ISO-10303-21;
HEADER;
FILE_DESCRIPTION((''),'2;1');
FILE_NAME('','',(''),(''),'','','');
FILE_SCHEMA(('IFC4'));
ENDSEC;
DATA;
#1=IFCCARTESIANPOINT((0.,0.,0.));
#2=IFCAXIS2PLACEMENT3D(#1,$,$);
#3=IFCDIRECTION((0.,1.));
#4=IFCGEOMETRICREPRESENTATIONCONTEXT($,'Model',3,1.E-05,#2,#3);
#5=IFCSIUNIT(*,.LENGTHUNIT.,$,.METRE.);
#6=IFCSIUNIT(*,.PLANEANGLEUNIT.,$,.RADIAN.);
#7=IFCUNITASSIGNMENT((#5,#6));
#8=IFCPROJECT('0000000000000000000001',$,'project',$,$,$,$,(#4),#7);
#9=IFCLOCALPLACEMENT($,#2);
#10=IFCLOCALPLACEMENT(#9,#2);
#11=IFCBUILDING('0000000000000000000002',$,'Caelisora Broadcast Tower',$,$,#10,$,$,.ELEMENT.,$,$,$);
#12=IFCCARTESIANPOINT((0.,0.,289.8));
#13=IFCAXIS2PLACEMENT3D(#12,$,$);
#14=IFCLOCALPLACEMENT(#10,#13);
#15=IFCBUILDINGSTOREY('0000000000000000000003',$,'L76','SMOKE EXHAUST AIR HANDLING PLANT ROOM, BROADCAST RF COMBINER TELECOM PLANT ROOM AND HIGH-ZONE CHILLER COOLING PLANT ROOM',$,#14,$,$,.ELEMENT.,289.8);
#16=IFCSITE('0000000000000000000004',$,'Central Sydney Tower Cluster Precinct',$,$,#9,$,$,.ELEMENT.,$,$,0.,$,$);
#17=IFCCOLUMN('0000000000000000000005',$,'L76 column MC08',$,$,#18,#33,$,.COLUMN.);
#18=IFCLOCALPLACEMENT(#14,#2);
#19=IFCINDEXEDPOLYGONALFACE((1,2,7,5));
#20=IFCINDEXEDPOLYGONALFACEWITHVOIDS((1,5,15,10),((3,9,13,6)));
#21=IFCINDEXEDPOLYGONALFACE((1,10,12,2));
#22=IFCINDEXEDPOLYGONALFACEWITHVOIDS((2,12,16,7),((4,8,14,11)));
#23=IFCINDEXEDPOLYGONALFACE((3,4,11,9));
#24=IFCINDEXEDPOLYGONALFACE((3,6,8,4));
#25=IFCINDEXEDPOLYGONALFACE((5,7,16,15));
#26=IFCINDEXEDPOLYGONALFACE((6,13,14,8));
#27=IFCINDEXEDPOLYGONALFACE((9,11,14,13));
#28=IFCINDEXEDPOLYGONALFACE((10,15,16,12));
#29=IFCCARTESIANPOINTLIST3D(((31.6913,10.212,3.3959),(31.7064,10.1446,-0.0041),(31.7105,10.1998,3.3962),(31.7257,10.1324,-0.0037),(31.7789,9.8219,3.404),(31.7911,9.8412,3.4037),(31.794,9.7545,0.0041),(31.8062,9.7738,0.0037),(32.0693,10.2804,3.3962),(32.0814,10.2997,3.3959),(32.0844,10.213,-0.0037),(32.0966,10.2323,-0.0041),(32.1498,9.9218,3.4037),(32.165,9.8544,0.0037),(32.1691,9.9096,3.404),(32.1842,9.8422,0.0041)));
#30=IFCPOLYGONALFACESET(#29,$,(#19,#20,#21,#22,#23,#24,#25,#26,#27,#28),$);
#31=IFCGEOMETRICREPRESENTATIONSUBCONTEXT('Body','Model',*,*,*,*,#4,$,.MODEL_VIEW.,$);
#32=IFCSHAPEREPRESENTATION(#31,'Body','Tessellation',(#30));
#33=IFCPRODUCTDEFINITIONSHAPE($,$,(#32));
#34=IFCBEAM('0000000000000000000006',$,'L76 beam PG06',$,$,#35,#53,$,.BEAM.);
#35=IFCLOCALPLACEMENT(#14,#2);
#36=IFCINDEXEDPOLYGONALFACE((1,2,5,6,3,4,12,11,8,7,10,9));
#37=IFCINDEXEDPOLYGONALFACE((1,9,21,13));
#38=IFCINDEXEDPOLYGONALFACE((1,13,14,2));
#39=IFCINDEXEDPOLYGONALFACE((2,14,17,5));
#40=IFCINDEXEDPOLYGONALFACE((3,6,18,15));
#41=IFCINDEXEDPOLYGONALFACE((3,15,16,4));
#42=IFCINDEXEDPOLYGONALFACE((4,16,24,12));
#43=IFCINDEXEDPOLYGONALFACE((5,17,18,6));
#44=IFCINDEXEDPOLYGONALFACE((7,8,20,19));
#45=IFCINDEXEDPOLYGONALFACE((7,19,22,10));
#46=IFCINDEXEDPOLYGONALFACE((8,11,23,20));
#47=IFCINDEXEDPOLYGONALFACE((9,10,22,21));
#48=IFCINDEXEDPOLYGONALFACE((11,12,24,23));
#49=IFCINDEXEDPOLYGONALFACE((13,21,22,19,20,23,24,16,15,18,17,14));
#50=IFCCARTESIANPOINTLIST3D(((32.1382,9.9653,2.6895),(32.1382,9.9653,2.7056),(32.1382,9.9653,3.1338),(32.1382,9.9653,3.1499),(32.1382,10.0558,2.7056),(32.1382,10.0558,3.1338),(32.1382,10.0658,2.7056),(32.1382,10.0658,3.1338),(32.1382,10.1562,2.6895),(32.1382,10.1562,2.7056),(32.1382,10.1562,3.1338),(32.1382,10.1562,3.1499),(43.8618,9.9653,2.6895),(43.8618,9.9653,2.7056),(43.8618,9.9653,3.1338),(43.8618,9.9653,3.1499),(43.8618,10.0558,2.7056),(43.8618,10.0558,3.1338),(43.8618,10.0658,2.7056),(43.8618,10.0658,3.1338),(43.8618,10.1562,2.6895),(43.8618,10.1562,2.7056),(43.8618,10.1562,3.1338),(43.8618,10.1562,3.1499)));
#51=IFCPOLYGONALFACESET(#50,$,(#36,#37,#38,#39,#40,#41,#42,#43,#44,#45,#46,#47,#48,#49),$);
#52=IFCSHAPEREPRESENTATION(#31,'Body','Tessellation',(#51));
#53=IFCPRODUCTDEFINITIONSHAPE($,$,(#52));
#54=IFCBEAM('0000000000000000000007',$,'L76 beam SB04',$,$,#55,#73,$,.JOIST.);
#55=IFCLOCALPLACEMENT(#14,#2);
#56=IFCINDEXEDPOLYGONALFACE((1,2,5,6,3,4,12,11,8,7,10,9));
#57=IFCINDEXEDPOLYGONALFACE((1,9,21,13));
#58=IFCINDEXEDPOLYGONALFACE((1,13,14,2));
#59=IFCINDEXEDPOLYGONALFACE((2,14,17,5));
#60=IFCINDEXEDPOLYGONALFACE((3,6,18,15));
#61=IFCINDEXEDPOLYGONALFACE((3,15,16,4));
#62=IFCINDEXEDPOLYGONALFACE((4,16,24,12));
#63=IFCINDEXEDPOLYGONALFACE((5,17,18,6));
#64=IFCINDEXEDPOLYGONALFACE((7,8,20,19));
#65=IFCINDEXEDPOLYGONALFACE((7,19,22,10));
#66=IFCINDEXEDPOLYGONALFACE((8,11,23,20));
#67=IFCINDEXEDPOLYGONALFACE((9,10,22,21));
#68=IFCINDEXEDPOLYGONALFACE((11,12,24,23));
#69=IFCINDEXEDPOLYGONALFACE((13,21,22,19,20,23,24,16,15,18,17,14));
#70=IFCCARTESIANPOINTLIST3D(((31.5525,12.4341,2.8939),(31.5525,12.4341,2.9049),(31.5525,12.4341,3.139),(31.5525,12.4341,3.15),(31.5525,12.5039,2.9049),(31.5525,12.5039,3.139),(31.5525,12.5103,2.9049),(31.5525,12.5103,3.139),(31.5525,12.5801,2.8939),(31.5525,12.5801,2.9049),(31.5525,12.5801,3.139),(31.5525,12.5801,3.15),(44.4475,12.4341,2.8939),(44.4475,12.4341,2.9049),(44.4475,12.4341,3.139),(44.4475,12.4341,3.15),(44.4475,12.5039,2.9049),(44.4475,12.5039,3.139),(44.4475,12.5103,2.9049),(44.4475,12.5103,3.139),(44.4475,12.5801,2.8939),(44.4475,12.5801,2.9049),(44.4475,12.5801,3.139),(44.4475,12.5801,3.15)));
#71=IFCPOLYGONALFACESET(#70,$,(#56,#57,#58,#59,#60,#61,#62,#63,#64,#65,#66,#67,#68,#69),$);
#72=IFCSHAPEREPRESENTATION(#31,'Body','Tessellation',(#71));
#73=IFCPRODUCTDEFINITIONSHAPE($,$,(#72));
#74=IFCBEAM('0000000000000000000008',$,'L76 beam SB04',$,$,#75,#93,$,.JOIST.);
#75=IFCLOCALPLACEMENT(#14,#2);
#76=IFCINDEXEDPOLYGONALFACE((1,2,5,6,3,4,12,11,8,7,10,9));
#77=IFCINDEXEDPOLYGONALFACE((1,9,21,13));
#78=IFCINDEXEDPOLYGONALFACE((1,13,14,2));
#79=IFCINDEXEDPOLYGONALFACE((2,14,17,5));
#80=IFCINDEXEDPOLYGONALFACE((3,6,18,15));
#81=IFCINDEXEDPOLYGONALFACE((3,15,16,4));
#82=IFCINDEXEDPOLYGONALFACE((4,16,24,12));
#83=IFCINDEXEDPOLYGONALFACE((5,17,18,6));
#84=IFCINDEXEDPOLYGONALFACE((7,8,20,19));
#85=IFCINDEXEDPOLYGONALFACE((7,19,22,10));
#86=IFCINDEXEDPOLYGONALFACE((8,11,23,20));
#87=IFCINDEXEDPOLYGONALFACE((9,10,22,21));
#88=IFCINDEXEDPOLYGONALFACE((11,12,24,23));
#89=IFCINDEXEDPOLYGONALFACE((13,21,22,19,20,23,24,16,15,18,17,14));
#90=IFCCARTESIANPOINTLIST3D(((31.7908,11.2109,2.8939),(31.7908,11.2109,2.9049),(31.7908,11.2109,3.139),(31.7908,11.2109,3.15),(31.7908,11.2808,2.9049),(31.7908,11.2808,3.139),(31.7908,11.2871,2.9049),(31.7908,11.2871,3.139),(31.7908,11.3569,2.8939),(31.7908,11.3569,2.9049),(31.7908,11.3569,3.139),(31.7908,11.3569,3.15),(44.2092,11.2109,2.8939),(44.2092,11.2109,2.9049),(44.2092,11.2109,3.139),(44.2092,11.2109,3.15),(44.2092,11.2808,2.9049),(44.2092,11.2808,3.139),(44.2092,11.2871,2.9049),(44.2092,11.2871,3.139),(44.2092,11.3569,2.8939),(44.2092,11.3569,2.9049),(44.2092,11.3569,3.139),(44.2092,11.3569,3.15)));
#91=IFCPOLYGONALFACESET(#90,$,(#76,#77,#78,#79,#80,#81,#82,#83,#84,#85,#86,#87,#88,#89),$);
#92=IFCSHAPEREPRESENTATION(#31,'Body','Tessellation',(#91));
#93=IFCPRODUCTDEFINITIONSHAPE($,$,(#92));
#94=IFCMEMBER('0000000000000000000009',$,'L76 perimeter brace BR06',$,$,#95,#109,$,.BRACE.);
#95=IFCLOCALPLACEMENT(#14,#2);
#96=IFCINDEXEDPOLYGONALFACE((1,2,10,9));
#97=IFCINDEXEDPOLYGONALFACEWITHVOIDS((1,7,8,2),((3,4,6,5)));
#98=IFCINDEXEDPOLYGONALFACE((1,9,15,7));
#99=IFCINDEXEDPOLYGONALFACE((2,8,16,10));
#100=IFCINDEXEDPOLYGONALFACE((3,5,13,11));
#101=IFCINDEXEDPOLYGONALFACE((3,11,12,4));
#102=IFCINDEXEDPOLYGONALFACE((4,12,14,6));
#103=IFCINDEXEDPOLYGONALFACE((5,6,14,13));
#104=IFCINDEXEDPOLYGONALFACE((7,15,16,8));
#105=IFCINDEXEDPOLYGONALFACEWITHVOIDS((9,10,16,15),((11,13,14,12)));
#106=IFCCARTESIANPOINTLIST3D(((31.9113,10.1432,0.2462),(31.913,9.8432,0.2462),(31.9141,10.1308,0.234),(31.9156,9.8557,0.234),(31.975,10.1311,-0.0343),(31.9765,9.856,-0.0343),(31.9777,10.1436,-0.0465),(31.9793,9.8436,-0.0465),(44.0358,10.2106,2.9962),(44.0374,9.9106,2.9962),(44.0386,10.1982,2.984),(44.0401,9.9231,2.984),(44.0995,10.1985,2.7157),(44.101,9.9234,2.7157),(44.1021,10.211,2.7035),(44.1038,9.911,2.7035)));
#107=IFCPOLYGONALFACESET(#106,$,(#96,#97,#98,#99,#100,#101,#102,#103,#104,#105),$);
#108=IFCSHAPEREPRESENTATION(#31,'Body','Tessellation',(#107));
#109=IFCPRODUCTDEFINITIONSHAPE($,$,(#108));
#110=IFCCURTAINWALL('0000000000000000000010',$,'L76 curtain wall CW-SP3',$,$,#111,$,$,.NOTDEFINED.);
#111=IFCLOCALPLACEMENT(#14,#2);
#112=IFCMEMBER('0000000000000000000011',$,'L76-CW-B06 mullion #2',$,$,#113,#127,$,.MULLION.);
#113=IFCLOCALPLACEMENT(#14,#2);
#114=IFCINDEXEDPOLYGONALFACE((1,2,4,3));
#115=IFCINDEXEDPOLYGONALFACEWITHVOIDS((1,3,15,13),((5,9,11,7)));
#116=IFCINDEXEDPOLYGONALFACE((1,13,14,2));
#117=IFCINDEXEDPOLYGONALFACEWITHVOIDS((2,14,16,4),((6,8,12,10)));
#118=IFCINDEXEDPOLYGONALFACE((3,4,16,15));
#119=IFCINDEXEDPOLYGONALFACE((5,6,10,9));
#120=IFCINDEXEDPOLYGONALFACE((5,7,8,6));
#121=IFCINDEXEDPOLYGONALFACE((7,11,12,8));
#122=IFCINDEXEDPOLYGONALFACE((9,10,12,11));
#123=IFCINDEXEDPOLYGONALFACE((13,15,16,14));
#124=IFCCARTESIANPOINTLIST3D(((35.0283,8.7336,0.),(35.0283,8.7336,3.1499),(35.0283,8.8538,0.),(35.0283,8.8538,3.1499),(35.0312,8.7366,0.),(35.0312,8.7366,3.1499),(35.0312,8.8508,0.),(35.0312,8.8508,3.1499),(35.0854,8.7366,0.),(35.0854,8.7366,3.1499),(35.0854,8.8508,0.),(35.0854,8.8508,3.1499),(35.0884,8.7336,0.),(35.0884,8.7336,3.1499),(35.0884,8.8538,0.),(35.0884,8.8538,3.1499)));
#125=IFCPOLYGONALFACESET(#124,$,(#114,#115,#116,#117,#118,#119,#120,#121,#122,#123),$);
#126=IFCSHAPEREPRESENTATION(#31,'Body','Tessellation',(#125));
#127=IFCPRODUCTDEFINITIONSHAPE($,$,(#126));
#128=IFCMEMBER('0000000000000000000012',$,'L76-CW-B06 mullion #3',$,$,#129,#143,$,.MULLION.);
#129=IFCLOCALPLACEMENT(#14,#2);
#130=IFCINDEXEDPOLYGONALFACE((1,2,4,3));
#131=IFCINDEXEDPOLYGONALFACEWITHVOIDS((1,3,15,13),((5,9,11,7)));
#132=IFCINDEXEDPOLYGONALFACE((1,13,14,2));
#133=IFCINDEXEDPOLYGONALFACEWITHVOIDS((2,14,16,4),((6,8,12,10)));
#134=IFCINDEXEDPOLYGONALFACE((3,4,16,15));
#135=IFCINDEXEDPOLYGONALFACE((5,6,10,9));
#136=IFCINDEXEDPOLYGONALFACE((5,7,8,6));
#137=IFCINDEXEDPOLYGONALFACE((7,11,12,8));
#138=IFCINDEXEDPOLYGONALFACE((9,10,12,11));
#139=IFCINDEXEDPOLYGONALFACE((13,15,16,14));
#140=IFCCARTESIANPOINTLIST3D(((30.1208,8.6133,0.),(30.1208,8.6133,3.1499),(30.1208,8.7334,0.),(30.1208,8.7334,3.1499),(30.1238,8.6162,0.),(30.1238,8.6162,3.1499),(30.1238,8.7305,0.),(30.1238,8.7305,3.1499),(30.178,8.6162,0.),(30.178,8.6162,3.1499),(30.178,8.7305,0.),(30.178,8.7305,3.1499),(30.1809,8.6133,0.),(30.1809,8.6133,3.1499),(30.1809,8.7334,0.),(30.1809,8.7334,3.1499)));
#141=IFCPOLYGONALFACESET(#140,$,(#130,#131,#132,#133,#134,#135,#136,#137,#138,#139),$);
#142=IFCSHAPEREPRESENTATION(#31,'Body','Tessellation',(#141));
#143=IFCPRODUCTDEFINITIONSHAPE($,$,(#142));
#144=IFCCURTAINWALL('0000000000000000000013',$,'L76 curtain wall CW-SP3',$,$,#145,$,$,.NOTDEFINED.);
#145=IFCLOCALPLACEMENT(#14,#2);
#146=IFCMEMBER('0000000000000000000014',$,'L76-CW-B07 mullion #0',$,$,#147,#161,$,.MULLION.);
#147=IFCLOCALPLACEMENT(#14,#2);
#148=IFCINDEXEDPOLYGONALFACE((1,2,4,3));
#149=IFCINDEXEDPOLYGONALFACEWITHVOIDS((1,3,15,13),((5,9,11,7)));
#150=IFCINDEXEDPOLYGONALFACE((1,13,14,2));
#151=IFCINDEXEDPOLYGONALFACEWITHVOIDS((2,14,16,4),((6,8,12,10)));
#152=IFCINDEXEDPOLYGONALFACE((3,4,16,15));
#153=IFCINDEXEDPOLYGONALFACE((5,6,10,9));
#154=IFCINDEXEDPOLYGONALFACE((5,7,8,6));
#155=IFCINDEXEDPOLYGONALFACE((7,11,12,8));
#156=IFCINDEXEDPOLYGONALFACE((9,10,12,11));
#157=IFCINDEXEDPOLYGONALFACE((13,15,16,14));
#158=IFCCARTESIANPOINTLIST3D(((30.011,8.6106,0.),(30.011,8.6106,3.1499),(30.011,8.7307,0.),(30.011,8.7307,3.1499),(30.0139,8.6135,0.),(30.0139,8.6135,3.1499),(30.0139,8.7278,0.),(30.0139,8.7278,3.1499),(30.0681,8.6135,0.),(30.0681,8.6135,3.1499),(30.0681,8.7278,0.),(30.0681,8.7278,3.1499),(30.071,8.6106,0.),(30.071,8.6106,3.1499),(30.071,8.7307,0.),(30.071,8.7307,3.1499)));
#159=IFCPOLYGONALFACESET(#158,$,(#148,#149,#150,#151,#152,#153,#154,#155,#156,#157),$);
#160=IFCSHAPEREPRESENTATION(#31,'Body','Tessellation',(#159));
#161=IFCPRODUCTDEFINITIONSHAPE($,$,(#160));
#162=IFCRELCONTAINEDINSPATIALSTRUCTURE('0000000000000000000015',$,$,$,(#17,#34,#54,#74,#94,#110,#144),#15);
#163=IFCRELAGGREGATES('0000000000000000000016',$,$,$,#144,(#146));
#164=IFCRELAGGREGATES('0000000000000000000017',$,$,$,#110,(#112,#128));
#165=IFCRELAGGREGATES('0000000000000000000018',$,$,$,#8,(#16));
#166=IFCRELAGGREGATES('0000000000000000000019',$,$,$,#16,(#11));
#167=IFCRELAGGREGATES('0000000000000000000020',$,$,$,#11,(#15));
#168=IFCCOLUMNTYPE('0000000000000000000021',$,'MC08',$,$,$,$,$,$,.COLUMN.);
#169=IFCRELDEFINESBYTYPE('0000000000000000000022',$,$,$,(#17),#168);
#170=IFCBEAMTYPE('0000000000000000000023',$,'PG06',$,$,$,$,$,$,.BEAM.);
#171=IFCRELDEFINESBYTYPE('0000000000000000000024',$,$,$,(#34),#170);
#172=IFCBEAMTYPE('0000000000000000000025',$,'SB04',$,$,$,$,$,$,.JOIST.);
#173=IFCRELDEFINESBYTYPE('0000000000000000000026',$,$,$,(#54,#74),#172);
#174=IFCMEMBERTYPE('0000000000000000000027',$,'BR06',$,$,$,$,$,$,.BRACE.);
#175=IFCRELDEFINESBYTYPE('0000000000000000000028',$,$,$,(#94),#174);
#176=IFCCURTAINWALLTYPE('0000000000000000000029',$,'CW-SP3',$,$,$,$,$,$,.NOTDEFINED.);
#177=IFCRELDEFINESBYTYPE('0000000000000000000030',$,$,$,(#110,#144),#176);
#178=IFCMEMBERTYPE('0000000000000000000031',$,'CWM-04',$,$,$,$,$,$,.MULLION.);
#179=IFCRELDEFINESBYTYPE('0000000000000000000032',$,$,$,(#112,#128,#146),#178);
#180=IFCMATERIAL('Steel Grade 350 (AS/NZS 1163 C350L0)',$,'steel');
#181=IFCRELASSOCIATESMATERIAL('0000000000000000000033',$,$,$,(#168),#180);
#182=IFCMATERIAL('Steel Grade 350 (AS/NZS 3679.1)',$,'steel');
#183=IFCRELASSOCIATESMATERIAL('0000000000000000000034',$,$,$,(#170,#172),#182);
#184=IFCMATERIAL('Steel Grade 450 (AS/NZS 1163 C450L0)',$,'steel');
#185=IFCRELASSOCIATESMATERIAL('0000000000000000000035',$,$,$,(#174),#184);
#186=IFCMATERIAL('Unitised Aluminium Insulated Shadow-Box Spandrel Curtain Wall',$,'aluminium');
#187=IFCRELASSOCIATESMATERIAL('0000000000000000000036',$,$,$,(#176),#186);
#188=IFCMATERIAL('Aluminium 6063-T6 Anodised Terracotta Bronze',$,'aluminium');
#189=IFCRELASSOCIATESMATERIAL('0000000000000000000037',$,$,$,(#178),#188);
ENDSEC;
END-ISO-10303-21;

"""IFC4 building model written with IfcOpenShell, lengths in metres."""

from ifc_helpers import new_model, si_unit, direction, frame, origin, origin_2d, place, context, subcontext, project, spatial, hollow_rectangle, i_section, extrude, source, transform, mapped, material, material_profile, profile_set, type_object, type_shapes, element, aggregate, save


model = new_model("IFC4")

# Units and contexts
model_context = context("Model", 3, precision=1e-05, world=origin(), true_north=direction((0.0, 1.0)))
body_context = subcontext(model_context, "Body", "Model", "MODEL_VIEW")
ifc_project = project(units=[si_unit("LENGTHUNIT", "METRE"), si_unit("PLANEANGLEUNIT", "RADIAN")], contexts=[model_context])

# Site, building, storey
site_placement = place(None, origin())
site = spatial("IfcSite", under=ifc_project, at=site_placement, Name="Central Sydney Tower Cluster Precinct", CompositionType="ELEMENT", RefElevation=0.0)
building_placement = place(site_placement, origin())
building = spatial("IfcBuilding", under=site, at=building_placement, Name="Caelisora Broadcast Tower", CompositionType="ELEMENT")
storey_placement = place(building_placement, frame((0.0, 0.0, 289.8)))
storey = spatial("IfcBuildingStorey", under=building, at=storey_placement, Name="L76", Description="SMOKE EXHAUST AIR HANDLING PLANT ROOM, BROADCAST RF COMBINER TELECOM PLANT ROOM AND HIGH-ZONE CHILLER COOLING PLANT ROOM", CompositionType="ELEMENT", Elevation=289.8)

# Column
ifc_material_1 = material(Name="Steel Grade 350 (AS/NZS 1163 C350L0)", Category="steel")
ifc_material_profile_1 = material_profile(ifc_material_1, hollow_rectangle(XDim=0.3999, YDim=0.3999, WallThickness=0.0161, at=origin_2d()), Name="Steel Grade 350 (AS/NZS 1163 C350L0)")
ifc_profile_set_1 = profile_set([ifc_material_profile_1], Name="Steel Grade 350 (AS/NZS 1163 C350L0)")
column_type = type_object("IfcColumnType", Name="MC08", PredefinedType="COLUMN", material=ifc_profile_set_1)
shared_shape_1 = source(origin(), body_context, "Body", "SweptSolid", [
    extrude(hollow_rectangle(XDim=0.3999, YDim=0.3999, WallThickness=0.0161, at=origin_2d()), origin(), (0.0, 0.0, 1.0), 3.4006),
])
type_shapes(column_type, [shared_shape_1])
column_placement = place(storey_placement, frame((31.9453, 9.9934, 0.0), z_axis=(-0.004451, 0.019815, 0.999794), x_axis=(-0.975685, -0.219176, 0.0)))
element("IfcColumn", 1, at=column_placement, inside=storey, type_object=column_type, Name="L76 column MC08", PredefinedType="COLUMN", context=body_context, shape_type="MappedRepresentation", body=[
    mapped(shared_shape_1, transform((0.0, 0.0, 0.0), scale=1.0)),
])

# Beams
ifc_material_2 = material(Name="Steel Grade 350 (AS/NZS 3679.1)", Category="steel")
ifc_material_profile_2 = material_profile(ifc_material_2, i_section(OverallWidth=0.1909, OverallDepth=0.4604, WebThickness=0.01, FlangeThickness=0.0161, at=origin_2d()), Name="Steel Grade 350 (AS/NZS 3679.1)")
ifc_profile_set_2 = profile_set([ifc_material_profile_2], Name="Steel Grade 350 (AS/NZS 3679.1)")
beam_type_1 = type_object("IfcBeamType", Name="PG06", PredefinedType="BEAM", material=ifc_profile_set_2)
shared_shape_2 = source(origin(), body_context, "Body", "SweptSolid", [
    extrude(i_section(OverallWidth=0.1909, OverallDepth=0.4604, WebThickness=0.01, FlangeThickness=0.0161, at=origin_2d()), origin(), (0.0, 0.0, 1.0), 11.7236),
])
type_shapes(beam_type_1, [shared_shape_2])
beam_1_placement = place(storey_placement, frame((32.1382, 10.0608, 2.9197), z_axis=(1.0, 0.0, 0.0), x_axis=(0.0, 1.0, 0.0)))
element("IfcBeam", 2, at=beam_1_placement, inside=storey, type_object=beam_type_1, Name="L76 beam PG06", PredefinedType="BEAM", context=body_context, shape_type="MappedRepresentation", body=[
    mapped(shared_shape_2, transform((0.0, 0.0, 0.0), scale=1.0)),
])
ifc_material_profile_3 = material_profile(ifc_material_2, i_section(OverallWidth=0.146, OverallDepth=0.2561, WebThickness=0.0063, FlangeThickness=0.011, at=origin_2d()), Name="Steel Grade 350 (AS/NZS 3679.1)")
ifc_profile_set_3 = profile_set([ifc_material_profile_3], Name="Steel Grade 350 (AS/NZS 3679.1)")
beam_type_2 = type_object("IfcBeamType", Name="SB04", PredefinedType="JOIST", material=ifc_profile_set_3)
shared_shape_3 = source(origin(), body_context, "Body", "SweptSolid", [
    extrude(i_section(OverallWidth=0.146, OverallDepth=0.2561, WebThickness=0.0063, FlangeThickness=0.011, at=origin_2d()), origin(), (0.0, 0.0, 1.0), 12.895),
])
beam_2_placement = place(storey_placement, frame((31.5525, 12.5071, 3.022), z_axis=(1.0, 0.0, 0.0), x_axis=(0.0, 1.0, 0.0)))
element("IfcBeam", 3, at=beam_2_placement, inside=storey, type_object=beam_type_2, Name="L76 beam SB04", PredefinedType="JOIST", context=body_context, shape_type="MappedRepresentation", body=[
    mapped(shared_shape_3, transform((0.0, 0.0, 0.0), scale=1.0)),
])
shared_shape_4 = source(origin(), body_context, "Body", "SweptSolid", [
    extrude(i_section(OverallWidth=0.146, OverallDepth=0.2561, WebThickness=0.0063, FlangeThickness=0.011, at=origin_2d()), origin(), (0.0, 0.0, 1.0), 12.4185),
])
type_shapes(beam_type_2, [shared_shape_3, shared_shape_4])
beam_3_placement = place(storey_placement, frame((31.7908, 11.2839, 3.022), z_axis=(1.0, 0.0, 0.0), x_axis=(0.0, 1.0, 0.0)))
element("IfcBeam", 4, at=beam_3_placement, inside=storey, type_object=beam_type_2, Name="L76 beam SB04", PredefinedType="JOIST", context=body_context, shape_type="MappedRepresentation", body=[
    mapped(shared_shape_4, transform((0.0, 0.0, 0.0), scale=1.0)),
])

# Member
ifc_material_3 = material(Name="Steel Grade 450 (AS/NZS 1163 C450L0)", Category="steel")
ifc_material_profile_4 = material_profile(ifc_material_3, hollow_rectangle(XDim=0.3, YDim=0.3, WallThickness=0.0125, at=origin_2d()), Name="Steel Grade 450 (AS/NZS 1163 C450L0)")
ifc_profile_set_4 = profile_set([ifc_material_profile_4], Name="Steel Grade 450 (AS/NZS 1163 C450L0)")
member_type_1 = type_object("IfcMemberType", Name="BR06", PredefinedType="BRACE", material=ifc_profile_set_4)
shared_shape_5 = source(origin(), body_context, "Body", "SweptSolid", [
    extrude(hollow_rectangle(XDim=0.3, YDim=0.3, WallThickness=0.0125, at=origin_2d()), origin(), (0.0, 0.0, 1.0), 12.4326),
])
type_shapes(member_type_1, [shared_shape_5])
member_1_placement = place(storey_placement, frame((31.9453, 9.9934, 0.0999), z_axis=(0.975215, 0.00542, 0.221192), x_axis=(-0.005557, 0.999985, 0.0)))
element("IfcMember", 5, at=member_1_placement, inside=storey, type_object=member_type_1, Name="L76 perimeter brace BR06", PredefinedType="BRACE", context=body_context, shape_type="MappedRepresentation", body=[
    mapped(shared_shape_5, transform((0.0, 0.0, 0.0), scale=1.0)),
])

# Curtain walls, members
ifc_material_4 = material(Name="Unitised Aluminium Insulated Shadow-Box Spandrel Curtain Wall", Category="aluminium")
curtain_wall_type = type_object("IfcCurtainWallType", Name="CW-SP3", PredefinedType="NOTDEFINED", material=ifc_material_4)
curtain_wall_1_placement = place(storey_placement, origin())
curtain_wall_1 = element("IfcCurtainWall", 6, at=curtain_wall_1_placement, inside=storey, type_object=curtain_wall_type, Name="L76 curtain wall CW-SP3", PredefinedType="NOTDEFINED")
ifc_material_5 = material(Name="Aluminium 6063-T6 Anodised Terracotta Bronze", Category="aluminium")
ifc_material_profile_5 = material_profile(ifc_material_5, hollow_rectangle(XDim=0.0601, YDim=0.1201, WallThickness=0.0029, at=origin_2d()), Name="Aluminium 6063-T6 Anodised Terracotta Bronze")
ifc_profile_set_5 = profile_set([ifc_material_profile_5], Name="Aluminium 6063-T6 Anodised Terracotta Bronze")
member_type_2 = type_object("IfcMemberType", Name="CWM-04", PredefinedType="MULLION", material=ifc_profile_set_5)
shared_shape_6 = source(origin(), body_context, "Body", "SweptSolid", [
    extrude(hollow_rectangle(XDim=0.0601, YDim=0.1201, WallThickness=0.0029, at=origin_2d()), origin(), (0.0, 0.0, 1.0), 3.1499),
])
type_shapes(member_type_2, [shared_shape_6])
member_2_placement = place(storey_placement, frame((35.0583, 8.7937, 0.0), z_axis=(0.0, 0.0, 1.0), x_axis=(1.0, 0.0, 0.0)))
member_2 = element("IfcMember", 7, at=member_2_placement, type_object=member_type_2, Name="L76-CW-B06 mullion #2", PredefinedType="MULLION", context=body_context, shape_type="MappedRepresentation", body=[
    mapped(shared_shape_6, transform((0.0, 0.0, 0.0), scale=1.0)),
])
member_3_placement = place(storey_placement, frame((30.1509, 8.6733, 0.0), z_axis=(0.0, 0.0, 1.0), x_axis=(1.0, 0.0, 0.0)))
member_3 = element("IfcMember", 8, at=member_3_placement, type_object=member_type_2, Name="L76-CW-B06 mullion #3", PredefinedType="MULLION", context=body_context, shape_type="MappedRepresentation", body=[
    mapped(shared_shape_6, transform((0.0, 0.0, 0.0), scale=1.0)),
])
curtain_wall_2_placement = place(storey_placement, origin())
curtain_wall_2 = element("IfcCurtainWall", 9, at=curtain_wall_2_placement, inside=storey, type_object=curtain_wall_type, Name="L76 curtain wall CW-SP3", PredefinedType="NOTDEFINED")
member_4_placement = place(storey_placement, frame((30.041, 8.6707, 0.0), z_axis=(0.0, 0.0, 1.0), x_axis=(1.0, 0.0, 0.0)))
member_4 = element("IfcMember", 10, at=member_4_placement, type_object=member_type_2, Name="L76-CW-B07 mullion #0", PredefinedType="MULLION", context=body_context, shape_type="MappedRepresentation", body=[
    mapped(shared_shape_6, transform((0.0, 0.0, 0.0), scale=1.0)),
])

aggregate(curtain_wall_2, [member_4])
aggregate(curtain_wall_1, [member_2, member_3])

save(model, "model.ifc")
